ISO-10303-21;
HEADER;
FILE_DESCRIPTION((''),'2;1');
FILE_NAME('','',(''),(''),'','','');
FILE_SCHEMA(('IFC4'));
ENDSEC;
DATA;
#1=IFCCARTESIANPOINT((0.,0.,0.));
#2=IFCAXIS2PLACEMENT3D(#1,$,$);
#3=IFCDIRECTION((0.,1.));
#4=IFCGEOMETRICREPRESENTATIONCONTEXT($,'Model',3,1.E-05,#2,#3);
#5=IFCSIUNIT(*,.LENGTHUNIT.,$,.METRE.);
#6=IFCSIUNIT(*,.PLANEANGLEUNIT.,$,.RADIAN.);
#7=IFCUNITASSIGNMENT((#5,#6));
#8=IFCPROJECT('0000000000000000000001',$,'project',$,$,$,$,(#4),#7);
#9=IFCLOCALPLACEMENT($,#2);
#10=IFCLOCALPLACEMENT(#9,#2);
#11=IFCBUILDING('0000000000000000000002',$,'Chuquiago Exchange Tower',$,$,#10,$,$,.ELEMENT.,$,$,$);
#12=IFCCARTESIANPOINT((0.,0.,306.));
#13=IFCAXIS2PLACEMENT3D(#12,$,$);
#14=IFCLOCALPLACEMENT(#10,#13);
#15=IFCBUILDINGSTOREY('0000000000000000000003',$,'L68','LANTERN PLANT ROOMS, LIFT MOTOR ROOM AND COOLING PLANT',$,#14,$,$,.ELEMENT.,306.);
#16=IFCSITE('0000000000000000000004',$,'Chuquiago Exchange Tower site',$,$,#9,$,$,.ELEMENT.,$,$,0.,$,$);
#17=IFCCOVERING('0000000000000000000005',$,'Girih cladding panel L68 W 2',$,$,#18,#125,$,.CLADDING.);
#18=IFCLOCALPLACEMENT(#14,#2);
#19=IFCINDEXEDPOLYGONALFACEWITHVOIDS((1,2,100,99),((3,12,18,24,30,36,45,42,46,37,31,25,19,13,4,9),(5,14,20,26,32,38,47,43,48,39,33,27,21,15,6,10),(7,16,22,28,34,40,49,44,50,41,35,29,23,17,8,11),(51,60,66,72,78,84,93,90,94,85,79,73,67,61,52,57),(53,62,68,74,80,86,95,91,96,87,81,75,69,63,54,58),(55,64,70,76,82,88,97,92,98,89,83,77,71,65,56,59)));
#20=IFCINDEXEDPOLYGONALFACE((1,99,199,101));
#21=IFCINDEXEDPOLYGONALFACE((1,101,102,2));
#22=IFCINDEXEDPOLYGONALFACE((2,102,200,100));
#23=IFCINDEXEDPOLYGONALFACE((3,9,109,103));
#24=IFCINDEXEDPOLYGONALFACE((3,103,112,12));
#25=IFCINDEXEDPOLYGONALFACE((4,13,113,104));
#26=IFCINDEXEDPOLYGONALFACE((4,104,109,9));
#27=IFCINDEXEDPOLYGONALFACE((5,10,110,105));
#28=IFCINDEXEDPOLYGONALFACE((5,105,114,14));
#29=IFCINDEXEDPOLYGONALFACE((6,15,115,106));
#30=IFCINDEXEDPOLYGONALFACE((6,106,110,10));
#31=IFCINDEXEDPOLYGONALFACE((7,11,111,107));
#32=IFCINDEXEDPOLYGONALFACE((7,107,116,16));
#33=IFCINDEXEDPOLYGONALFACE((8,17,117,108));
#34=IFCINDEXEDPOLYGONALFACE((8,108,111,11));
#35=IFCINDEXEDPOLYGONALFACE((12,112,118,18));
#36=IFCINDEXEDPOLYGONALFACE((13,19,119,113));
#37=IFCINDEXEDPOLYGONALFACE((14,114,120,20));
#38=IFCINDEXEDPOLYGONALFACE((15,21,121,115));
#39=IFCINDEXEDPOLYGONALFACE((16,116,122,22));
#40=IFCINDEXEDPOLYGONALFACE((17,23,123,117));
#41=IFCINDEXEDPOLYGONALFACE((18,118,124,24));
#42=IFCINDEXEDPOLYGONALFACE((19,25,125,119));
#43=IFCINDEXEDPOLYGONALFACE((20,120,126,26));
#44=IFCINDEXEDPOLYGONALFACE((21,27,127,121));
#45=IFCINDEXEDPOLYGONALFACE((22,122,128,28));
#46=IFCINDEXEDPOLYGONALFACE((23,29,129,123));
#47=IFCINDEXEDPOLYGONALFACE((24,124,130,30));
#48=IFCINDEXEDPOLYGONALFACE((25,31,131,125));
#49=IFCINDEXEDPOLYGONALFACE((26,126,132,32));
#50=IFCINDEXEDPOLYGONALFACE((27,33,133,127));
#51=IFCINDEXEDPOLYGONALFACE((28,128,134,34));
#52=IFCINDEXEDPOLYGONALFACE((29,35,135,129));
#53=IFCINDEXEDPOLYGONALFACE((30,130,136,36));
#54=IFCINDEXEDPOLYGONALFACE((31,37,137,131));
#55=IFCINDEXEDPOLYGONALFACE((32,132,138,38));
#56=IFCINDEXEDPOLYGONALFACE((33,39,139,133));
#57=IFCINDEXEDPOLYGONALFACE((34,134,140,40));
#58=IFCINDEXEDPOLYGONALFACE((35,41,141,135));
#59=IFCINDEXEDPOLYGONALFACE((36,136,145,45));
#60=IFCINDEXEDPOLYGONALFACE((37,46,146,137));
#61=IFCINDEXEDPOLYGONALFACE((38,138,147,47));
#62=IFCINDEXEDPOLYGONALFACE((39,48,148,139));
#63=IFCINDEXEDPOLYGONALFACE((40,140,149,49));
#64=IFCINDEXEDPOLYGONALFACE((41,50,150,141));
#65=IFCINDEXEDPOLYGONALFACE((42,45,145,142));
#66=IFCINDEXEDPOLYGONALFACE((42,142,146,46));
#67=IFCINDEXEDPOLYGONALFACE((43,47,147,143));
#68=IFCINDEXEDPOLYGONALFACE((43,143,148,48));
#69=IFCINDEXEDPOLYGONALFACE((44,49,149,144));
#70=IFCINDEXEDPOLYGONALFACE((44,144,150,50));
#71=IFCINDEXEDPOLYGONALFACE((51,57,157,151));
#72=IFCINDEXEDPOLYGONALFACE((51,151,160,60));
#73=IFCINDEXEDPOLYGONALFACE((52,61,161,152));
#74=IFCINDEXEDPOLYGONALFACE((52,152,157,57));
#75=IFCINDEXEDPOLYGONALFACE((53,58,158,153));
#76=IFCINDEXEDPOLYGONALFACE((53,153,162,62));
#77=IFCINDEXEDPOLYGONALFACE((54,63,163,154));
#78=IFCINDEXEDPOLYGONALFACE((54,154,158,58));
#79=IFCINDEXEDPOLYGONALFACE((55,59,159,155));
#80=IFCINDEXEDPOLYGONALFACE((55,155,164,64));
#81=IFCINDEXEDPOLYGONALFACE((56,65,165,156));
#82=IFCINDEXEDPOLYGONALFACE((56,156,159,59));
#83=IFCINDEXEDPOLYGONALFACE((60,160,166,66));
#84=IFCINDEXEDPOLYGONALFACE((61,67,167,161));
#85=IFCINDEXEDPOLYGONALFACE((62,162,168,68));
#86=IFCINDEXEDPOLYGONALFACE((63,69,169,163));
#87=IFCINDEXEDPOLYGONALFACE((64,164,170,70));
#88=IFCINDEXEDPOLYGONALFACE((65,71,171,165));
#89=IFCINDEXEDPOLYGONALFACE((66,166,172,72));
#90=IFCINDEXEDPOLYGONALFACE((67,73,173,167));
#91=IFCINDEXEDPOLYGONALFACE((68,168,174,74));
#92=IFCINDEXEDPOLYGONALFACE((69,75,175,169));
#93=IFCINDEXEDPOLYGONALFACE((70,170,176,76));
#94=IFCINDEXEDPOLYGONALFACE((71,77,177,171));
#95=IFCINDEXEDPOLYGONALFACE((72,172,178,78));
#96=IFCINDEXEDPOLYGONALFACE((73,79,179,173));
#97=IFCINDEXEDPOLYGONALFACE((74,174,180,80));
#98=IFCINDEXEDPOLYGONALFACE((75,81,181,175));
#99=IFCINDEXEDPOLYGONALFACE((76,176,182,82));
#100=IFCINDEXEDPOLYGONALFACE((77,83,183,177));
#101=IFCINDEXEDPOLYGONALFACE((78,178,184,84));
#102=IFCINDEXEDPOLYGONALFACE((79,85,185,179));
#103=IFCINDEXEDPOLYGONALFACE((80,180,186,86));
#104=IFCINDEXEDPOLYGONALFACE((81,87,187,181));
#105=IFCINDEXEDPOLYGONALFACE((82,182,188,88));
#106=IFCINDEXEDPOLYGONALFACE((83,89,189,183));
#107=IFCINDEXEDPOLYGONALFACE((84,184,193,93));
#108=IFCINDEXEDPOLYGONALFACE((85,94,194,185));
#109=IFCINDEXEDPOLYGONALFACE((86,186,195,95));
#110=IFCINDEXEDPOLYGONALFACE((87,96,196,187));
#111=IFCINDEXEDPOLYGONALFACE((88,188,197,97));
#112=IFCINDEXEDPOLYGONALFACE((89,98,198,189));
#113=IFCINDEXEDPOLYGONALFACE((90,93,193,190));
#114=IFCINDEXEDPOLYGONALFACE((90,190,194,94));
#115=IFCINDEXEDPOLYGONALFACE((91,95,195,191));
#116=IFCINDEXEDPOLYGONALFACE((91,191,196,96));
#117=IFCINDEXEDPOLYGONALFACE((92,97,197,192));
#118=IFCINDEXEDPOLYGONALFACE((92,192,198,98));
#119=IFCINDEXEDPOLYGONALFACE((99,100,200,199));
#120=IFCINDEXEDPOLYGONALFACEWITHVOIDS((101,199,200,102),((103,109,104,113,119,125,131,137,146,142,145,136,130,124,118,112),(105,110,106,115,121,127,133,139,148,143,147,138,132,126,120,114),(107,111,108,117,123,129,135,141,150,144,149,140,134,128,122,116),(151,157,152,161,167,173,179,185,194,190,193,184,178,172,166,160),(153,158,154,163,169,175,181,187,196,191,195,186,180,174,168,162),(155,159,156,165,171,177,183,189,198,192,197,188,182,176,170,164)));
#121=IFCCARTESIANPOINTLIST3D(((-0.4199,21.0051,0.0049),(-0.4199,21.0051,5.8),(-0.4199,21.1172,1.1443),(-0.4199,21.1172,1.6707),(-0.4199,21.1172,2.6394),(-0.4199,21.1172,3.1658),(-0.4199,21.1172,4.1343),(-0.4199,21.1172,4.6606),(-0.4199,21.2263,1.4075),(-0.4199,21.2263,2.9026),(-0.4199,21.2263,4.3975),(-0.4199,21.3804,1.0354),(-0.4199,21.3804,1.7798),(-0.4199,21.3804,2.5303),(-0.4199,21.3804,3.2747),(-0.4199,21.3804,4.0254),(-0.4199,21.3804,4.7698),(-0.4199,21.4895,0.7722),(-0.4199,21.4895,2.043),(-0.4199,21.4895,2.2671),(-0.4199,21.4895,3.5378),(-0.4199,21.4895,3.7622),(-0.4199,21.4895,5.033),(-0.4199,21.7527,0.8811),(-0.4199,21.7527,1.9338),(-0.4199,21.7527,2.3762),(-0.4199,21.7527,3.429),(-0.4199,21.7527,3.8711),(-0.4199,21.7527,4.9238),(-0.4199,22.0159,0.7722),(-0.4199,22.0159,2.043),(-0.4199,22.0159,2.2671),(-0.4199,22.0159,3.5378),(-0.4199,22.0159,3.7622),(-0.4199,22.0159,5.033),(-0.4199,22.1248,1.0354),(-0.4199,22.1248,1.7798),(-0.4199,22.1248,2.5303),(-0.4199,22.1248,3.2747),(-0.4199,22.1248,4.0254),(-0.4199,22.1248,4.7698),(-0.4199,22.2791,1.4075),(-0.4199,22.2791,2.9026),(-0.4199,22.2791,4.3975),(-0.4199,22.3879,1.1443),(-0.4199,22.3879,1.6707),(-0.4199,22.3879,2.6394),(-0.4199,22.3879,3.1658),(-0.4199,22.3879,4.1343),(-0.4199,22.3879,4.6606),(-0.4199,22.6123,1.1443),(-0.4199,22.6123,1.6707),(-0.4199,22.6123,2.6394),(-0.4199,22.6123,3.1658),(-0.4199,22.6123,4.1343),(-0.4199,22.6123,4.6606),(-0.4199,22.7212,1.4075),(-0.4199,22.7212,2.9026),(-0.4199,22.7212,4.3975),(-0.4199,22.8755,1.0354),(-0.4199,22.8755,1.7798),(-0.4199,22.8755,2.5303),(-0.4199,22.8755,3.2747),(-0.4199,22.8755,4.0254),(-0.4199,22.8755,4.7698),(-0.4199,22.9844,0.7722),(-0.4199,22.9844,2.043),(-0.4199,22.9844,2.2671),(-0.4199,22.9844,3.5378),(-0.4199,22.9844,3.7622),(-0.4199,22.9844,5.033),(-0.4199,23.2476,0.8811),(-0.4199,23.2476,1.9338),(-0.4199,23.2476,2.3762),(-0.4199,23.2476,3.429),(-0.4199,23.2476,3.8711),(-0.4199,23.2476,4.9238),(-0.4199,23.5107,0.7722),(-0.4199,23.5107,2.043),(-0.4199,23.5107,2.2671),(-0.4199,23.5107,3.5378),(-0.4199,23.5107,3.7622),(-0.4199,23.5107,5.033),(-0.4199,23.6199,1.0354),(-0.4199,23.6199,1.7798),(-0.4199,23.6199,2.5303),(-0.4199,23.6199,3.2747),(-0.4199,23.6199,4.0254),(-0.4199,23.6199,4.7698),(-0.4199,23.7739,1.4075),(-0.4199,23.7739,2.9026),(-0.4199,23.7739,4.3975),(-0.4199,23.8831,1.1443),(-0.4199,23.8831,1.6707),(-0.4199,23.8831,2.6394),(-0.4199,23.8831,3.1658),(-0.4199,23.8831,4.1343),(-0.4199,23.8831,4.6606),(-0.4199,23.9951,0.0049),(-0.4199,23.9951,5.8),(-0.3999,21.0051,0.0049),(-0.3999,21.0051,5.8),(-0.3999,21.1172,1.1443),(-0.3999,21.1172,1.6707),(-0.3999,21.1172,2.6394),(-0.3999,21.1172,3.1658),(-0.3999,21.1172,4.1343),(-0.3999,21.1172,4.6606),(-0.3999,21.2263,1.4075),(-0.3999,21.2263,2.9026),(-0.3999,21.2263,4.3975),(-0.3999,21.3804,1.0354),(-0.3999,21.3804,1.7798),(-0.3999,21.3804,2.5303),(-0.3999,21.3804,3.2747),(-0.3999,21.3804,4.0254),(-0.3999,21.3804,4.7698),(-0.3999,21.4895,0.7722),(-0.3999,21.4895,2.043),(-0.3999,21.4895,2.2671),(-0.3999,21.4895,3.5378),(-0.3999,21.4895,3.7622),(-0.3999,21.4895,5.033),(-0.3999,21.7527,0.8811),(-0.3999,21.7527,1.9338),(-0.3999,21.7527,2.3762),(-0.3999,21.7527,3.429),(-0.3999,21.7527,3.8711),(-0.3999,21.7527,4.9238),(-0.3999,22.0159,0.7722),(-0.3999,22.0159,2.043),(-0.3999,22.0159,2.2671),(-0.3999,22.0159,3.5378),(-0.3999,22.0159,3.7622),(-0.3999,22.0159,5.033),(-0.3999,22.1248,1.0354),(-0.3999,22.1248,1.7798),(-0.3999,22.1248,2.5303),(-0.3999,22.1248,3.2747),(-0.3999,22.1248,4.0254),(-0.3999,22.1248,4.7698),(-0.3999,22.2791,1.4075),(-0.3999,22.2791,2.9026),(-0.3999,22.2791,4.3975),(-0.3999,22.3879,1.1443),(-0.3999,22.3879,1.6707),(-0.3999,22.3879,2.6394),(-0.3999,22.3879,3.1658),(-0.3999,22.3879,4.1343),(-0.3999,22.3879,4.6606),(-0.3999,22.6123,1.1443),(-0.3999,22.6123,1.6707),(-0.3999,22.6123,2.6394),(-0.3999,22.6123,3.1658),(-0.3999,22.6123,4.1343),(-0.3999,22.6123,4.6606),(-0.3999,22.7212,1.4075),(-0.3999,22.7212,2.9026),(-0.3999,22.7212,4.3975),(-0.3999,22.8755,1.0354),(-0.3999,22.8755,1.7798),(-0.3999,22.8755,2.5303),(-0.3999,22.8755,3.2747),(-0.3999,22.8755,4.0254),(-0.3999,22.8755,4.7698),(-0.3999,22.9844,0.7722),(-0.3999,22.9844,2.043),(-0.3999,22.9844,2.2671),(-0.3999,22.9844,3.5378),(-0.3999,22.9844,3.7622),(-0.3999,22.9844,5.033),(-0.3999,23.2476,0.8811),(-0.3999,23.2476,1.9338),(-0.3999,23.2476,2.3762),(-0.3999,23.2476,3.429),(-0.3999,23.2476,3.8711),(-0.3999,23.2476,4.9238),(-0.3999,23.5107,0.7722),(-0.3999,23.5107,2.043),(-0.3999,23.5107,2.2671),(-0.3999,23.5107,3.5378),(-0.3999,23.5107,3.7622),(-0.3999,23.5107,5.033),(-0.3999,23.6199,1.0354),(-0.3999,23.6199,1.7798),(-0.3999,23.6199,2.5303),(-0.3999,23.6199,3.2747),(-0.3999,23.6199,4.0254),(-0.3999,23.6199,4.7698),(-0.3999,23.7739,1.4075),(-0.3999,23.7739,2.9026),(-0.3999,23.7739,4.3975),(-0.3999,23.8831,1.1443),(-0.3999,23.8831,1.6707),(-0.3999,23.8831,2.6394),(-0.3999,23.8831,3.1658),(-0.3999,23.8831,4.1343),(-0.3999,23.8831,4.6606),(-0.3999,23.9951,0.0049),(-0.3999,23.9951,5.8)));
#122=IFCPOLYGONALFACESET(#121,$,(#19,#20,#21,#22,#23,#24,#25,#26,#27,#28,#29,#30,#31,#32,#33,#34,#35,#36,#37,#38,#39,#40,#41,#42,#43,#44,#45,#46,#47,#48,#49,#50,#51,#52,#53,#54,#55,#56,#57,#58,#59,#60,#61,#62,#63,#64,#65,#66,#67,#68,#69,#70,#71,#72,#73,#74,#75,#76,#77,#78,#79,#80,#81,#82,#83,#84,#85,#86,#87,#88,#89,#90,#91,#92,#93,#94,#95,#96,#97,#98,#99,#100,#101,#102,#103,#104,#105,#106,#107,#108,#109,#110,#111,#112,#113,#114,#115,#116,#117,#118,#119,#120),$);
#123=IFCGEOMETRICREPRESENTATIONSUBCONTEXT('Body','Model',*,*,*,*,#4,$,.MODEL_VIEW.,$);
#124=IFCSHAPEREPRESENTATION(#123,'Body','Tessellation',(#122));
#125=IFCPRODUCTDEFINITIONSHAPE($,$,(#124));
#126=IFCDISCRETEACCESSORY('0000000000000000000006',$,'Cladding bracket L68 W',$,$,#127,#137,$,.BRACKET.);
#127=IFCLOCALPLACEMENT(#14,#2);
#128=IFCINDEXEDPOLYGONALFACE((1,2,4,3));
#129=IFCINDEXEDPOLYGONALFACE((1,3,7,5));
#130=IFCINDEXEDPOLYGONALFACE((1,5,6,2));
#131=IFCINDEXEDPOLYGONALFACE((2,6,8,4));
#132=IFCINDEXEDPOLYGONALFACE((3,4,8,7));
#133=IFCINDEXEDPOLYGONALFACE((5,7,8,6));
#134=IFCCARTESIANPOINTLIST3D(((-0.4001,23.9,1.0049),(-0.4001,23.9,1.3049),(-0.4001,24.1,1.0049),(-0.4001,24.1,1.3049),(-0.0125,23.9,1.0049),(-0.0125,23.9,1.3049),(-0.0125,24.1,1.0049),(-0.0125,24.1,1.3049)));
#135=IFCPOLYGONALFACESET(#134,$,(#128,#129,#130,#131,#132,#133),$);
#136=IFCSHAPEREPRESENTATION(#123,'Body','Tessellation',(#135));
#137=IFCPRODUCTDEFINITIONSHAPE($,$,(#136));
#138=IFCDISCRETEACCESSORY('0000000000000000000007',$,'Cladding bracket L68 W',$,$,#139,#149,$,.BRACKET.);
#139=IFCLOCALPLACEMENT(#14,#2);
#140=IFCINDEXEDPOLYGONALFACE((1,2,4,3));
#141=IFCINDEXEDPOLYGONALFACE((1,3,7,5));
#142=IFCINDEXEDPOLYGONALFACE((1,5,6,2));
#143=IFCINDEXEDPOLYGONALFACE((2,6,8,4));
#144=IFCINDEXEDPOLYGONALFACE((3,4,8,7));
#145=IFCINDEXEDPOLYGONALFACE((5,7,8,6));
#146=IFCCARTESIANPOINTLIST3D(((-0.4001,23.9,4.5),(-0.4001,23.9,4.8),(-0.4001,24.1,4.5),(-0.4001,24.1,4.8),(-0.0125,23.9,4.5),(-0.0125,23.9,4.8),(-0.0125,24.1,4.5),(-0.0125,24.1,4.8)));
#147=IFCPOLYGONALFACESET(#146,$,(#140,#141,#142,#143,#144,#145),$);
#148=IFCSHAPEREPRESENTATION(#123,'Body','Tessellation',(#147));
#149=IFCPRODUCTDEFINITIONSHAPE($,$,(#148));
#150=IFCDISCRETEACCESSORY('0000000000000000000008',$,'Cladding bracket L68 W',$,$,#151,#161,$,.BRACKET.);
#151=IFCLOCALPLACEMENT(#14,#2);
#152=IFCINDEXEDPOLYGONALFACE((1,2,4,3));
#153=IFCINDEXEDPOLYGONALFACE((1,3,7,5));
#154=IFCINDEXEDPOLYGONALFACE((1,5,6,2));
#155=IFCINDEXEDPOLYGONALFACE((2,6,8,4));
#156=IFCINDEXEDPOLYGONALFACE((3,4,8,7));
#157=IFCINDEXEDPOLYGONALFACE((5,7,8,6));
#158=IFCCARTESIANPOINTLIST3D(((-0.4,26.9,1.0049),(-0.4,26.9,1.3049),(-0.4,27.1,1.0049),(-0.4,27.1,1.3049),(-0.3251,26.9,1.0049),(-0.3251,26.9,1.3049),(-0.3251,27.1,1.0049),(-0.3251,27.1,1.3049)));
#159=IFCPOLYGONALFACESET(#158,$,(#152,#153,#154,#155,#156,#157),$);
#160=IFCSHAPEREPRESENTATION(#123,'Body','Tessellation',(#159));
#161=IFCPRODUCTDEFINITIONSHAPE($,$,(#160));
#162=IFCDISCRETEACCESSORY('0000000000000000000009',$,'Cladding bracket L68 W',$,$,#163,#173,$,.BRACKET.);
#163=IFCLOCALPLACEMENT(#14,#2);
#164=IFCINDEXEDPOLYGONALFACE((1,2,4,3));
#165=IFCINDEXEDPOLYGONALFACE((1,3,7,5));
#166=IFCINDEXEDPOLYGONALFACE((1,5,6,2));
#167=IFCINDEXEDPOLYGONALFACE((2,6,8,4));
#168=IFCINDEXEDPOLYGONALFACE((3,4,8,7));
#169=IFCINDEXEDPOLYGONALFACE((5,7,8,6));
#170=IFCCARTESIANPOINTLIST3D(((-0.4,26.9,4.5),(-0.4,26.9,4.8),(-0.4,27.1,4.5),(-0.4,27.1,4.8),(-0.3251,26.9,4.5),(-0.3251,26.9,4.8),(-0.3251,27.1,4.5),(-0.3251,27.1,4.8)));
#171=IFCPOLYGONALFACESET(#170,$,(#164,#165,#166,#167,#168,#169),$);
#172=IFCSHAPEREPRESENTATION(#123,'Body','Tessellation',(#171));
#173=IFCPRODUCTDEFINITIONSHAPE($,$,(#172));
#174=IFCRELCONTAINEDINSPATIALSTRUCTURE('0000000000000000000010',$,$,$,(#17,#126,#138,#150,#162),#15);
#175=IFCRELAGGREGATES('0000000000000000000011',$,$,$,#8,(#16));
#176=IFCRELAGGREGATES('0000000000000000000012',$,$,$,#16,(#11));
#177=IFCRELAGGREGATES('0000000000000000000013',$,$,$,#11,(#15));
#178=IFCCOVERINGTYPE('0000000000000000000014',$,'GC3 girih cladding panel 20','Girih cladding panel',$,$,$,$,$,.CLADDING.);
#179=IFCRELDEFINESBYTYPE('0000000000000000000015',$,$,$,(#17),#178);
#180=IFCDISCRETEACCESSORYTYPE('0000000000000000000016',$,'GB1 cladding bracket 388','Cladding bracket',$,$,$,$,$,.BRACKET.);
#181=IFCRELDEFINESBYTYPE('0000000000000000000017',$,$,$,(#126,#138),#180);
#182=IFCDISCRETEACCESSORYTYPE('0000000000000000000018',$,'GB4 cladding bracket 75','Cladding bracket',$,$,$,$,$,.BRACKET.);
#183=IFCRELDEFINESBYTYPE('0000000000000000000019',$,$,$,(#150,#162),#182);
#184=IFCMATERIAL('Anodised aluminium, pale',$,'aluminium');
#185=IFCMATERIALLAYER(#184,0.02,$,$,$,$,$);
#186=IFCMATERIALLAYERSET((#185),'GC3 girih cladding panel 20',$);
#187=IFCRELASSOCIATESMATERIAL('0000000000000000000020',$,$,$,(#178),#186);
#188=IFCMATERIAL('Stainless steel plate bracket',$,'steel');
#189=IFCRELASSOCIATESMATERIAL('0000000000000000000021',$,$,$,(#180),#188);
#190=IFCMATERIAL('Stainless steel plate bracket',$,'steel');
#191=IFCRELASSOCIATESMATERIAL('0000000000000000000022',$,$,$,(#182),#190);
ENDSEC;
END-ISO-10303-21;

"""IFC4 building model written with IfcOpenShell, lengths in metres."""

from ifc_helpers import new_model, si_unit, direction, frame, origin, origin_2d, place, context, subcontext, project, spatial, polyline, rectangle, outline, extrude, material, layer, layer_set, type_object, element, save


model = new_model("IFC4")

# Units and contexts
model_context = context("Model", 3, precision=1e-05, world=origin(), true_north=direction((0.0, 1.0)))
body_context = subcontext(model_context, "Body", "Model", "MODEL_VIEW")
ifc_project = project(units=[si_unit("LENGTHUNIT", "METRE"), si_unit("PLANEANGLEUNIT", "RADIAN")], contexts=[model_context])

# Site, building, storey
site_placement = place(None, origin())
site = spatial("IfcSite", under=ifc_project, at=site_placement, Name="Chuquiago Exchange Tower site", CompositionType="ELEMENT", RefElevation=0.0)
building_placement = place(site_placement, origin())
building = spatial("IfcBuilding", under=site, at=building_placement, Name="Chuquiago Exchange Tower", CompositionType="ELEMENT")
storey_placement = place(building_placement, frame((0.0, 0.0, 306.0)))
storey = spatial("IfcBuildingStorey", under=building, at=storey_placement, Name="L68", Description="LANTERN PLANT ROOMS, LIFT MOTOR ROOM AND COOLING PLANT", CompositionType="ELEMENT", Elevation=306.0)

# Covering
ifc_material_1 = material(Name="Anodised aluminium, pale", Category="aluminium")
ifc_layer_1 = layer(ifc_material_1, 0.02)
ifc_layer_set_1 = layer_set([ifc_layer_1], Name="GC3 girih cladding panel 20")
covering_type = type_object("IfcCoveringType", Name="GC3 girih cladding panel 20", Description="Girih cladding panel", PredefinedType="CLADDING", material=ifc_layer_set_1)
covering_1_placement = place(storey_placement, frame((-0.3999, 23.9951, 0.0049), z_axis=(0.0, 0.0, 1.0), x_axis=(0.0, -1.0, 0.0)))
element("IfcCovering", 1, at=covering_1_placement, inside=storey, type_object=covering_type, Name="Girih cladding panel L68 W 2", PredefinedType="CLADDING", context=body_context, shape_type="SweptSolid", body=[
    extrude(outline(polyline([(0.0, 0.0), (2.99, 0.0), (2.99, 5.7952), (0.0, 5.7952), (0.0, 0.0)]), holes=[polyline([(1.2739, 1.4026), (1.3828, 1.6658), (1.1196, 1.7749), (1.0107, 2.0381), (0.7476, 1.929), (0.4844, 2.0381), (0.3752, 1.7749), (0.1121, 1.6658), (0.2212, 1.4026), (0.1121, 1.1394), (0.3752, 1.0305), (0.4844, 0.7673), (0.7476, 0.8762), (1.0107, 0.7673), (1.1196, 1.0305), (1.3828, 1.1394), (1.2739, 1.4026)]), polyline([(2.7688, 1.4026), (2.8779, 1.6658), (2.6147, 1.7749), (2.5056, 2.0381), (2.2424, 1.929), (1.9792, 2.0381), (1.8704, 1.7749), (1.6072, 1.6658), (1.7161, 1.4026), (1.6072, 1.1394), (1.8704, 1.0305), (1.9792, 0.7673), (2.2424, 0.8762), (2.5056, 0.7673), (2.6147, 1.0305), (2.8779, 1.1394), (2.7688, 1.4026)]), polyline([(1.2739, 2.8977), (1.3828, 3.1609), (1.1196, 3.2698), (1.0107, 3.533), (0.7476, 3.4241), (0.4844, 3.533), (0.3752, 3.2698), (0.1121, 3.1609), (0.2212, 2.8977), (0.1121, 2.6345), (0.3752, 2.5254), (0.4844, 2.2622), (0.7476, 2.3713), (1.0107, 2.2622), (1.1196, 2.5254), (1.3828, 2.6345), (1.2739, 2.8977)]), polyline([(2.7688, 2.8977), (2.8779, 3.1609), (2.6147, 3.2698), (2.5056, 3.533), (2.2424, 3.4241), (1.9792, 3.533), (1.8704, 3.2698), (1.6072, 3.1609), (1.7161, 2.8977), (1.6072, 2.6345), (1.8704, 2.5254), (1.9792, 2.2622), (2.2424, 2.3713), (2.5056, 2.2622), (2.6147, 2.5254), (2.8779, 2.6345), (2.7688, 2.8977)]), polyline([(1.2739, 4.3926), (1.3828, 4.6558), (1.1196, 4.7649), (1.0107, 5.0281), (0.7476, 4.9189), (0.4844, 5.0281), (0.3752, 4.7649), (0.1121, 4.6558), (0.2212, 4.3926), (0.1121, 4.1294), (0.3752, 4.0205), (0.4844, 3.7573), (0.7476, 3.8662), (1.0107, 3.7573), (1.1196, 4.0205), (1.3828, 4.1294), (1.2739, 4.3926)]), polyline([(2.7688, 4.3926), (2.8779, 4.6558), (2.6147, 4.7649), (2.5056, 5.0281), (2.2424, 4.9189), (1.9792, 5.0281), (1.8704, 4.7649), (1.6072, 4.6558), (1.7161, 4.3926), (1.6072, 4.1294), (1.8704, 4.0205), (1.9792, 3.7573), (2.2424, 3.8662), (2.5056, 3.7573), (2.6147, 4.0205), (2.8779, 4.1294), (2.7688, 4.3926)])]), frame((0.0, 0.0, 0.0), z_axis=(0.0, -1.0, 0.0), x_axis=(1.0, 0.0, 0.0)), (0.0, 0.0, 1.0), 0.02),
])

# Discrete accessories
ifc_material_2 = material(Name="Stainless steel plate bracket", Category="steel")
discrete_accessory_type_1 = type_object("IfcDiscreteAccessoryType", Name="GB1 cladding bracket 388", Description="Cladding bracket", PredefinedType="BRACKET", material=ifc_material_2)
for number, where, z_axis, x_axis, name in (
    (2, (-0.2063, 24.0, 1.0049), (0.0, 0.0, 1.0), (0.0, -1.0, 0.0), "Cladding bracket L68 W"),
    (3, (-0.2063, 24.0, 4.5), (0.0, 0.0, 1.0), (0.0, -1.0, 0.0), "Cladding bracket L68 W"),
):
    element("IfcDiscreteAccessory", number, at=place(storey_placement, frame(where, z_axis=z_axis, x_axis=x_axis)), inside=storey, type_object=discrete_accessory_type_1, Name=name, PredefinedType="BRACKET", context=body_context, shape_type="SweptSolid", body=[
        extrude(rectangle(XDim=0.2, YDim=0.3877, at=origin_2d()), origin(), (0.0, 0.0, 1.0), 0.3),
    ])
ifc_material_3 = material(Name="Stainless steel plate bracket", Category="steel")
discrete_accessory_type_2 = type_object("IfcDiscreteAccessoryType", Name="GB4 cladding bracket 75", Description="Cladding bracket", PredefinedType="BRACKET", material=ifc_material_3)
for number, where, z_axis, x_axis, name in (
    (4, (-0.3625, 27.0, 1.0049), (0.0, 0.0, 1.0), (0.0, -1.0, 0.0), "Cladding bracket L68 W"),
    (5, (-0.3625, 27.0, 4.5), (0.0, 0.0, 1.0), (0.0, -1.0, 0.0), "Cladding bracket L68 W"),
):
    element("IfcDiscreteAccessory", number, at=place(storey_placement, frame(where, z_axis=z_axis, x_axis=x_axis)), inside=storey, type_object=discrete_accessory_type_2, Name=name, PredefinedType="BRACKET", context=body_context, shape_type="SweptSolid", body=[
        extrude(rectangle(XDim=0.2, YDim=0.075, at=origin_2d()), origin(), (0.0, 0.0, 1.0), 0.3),
    ])

save(model, "model.ifc")
